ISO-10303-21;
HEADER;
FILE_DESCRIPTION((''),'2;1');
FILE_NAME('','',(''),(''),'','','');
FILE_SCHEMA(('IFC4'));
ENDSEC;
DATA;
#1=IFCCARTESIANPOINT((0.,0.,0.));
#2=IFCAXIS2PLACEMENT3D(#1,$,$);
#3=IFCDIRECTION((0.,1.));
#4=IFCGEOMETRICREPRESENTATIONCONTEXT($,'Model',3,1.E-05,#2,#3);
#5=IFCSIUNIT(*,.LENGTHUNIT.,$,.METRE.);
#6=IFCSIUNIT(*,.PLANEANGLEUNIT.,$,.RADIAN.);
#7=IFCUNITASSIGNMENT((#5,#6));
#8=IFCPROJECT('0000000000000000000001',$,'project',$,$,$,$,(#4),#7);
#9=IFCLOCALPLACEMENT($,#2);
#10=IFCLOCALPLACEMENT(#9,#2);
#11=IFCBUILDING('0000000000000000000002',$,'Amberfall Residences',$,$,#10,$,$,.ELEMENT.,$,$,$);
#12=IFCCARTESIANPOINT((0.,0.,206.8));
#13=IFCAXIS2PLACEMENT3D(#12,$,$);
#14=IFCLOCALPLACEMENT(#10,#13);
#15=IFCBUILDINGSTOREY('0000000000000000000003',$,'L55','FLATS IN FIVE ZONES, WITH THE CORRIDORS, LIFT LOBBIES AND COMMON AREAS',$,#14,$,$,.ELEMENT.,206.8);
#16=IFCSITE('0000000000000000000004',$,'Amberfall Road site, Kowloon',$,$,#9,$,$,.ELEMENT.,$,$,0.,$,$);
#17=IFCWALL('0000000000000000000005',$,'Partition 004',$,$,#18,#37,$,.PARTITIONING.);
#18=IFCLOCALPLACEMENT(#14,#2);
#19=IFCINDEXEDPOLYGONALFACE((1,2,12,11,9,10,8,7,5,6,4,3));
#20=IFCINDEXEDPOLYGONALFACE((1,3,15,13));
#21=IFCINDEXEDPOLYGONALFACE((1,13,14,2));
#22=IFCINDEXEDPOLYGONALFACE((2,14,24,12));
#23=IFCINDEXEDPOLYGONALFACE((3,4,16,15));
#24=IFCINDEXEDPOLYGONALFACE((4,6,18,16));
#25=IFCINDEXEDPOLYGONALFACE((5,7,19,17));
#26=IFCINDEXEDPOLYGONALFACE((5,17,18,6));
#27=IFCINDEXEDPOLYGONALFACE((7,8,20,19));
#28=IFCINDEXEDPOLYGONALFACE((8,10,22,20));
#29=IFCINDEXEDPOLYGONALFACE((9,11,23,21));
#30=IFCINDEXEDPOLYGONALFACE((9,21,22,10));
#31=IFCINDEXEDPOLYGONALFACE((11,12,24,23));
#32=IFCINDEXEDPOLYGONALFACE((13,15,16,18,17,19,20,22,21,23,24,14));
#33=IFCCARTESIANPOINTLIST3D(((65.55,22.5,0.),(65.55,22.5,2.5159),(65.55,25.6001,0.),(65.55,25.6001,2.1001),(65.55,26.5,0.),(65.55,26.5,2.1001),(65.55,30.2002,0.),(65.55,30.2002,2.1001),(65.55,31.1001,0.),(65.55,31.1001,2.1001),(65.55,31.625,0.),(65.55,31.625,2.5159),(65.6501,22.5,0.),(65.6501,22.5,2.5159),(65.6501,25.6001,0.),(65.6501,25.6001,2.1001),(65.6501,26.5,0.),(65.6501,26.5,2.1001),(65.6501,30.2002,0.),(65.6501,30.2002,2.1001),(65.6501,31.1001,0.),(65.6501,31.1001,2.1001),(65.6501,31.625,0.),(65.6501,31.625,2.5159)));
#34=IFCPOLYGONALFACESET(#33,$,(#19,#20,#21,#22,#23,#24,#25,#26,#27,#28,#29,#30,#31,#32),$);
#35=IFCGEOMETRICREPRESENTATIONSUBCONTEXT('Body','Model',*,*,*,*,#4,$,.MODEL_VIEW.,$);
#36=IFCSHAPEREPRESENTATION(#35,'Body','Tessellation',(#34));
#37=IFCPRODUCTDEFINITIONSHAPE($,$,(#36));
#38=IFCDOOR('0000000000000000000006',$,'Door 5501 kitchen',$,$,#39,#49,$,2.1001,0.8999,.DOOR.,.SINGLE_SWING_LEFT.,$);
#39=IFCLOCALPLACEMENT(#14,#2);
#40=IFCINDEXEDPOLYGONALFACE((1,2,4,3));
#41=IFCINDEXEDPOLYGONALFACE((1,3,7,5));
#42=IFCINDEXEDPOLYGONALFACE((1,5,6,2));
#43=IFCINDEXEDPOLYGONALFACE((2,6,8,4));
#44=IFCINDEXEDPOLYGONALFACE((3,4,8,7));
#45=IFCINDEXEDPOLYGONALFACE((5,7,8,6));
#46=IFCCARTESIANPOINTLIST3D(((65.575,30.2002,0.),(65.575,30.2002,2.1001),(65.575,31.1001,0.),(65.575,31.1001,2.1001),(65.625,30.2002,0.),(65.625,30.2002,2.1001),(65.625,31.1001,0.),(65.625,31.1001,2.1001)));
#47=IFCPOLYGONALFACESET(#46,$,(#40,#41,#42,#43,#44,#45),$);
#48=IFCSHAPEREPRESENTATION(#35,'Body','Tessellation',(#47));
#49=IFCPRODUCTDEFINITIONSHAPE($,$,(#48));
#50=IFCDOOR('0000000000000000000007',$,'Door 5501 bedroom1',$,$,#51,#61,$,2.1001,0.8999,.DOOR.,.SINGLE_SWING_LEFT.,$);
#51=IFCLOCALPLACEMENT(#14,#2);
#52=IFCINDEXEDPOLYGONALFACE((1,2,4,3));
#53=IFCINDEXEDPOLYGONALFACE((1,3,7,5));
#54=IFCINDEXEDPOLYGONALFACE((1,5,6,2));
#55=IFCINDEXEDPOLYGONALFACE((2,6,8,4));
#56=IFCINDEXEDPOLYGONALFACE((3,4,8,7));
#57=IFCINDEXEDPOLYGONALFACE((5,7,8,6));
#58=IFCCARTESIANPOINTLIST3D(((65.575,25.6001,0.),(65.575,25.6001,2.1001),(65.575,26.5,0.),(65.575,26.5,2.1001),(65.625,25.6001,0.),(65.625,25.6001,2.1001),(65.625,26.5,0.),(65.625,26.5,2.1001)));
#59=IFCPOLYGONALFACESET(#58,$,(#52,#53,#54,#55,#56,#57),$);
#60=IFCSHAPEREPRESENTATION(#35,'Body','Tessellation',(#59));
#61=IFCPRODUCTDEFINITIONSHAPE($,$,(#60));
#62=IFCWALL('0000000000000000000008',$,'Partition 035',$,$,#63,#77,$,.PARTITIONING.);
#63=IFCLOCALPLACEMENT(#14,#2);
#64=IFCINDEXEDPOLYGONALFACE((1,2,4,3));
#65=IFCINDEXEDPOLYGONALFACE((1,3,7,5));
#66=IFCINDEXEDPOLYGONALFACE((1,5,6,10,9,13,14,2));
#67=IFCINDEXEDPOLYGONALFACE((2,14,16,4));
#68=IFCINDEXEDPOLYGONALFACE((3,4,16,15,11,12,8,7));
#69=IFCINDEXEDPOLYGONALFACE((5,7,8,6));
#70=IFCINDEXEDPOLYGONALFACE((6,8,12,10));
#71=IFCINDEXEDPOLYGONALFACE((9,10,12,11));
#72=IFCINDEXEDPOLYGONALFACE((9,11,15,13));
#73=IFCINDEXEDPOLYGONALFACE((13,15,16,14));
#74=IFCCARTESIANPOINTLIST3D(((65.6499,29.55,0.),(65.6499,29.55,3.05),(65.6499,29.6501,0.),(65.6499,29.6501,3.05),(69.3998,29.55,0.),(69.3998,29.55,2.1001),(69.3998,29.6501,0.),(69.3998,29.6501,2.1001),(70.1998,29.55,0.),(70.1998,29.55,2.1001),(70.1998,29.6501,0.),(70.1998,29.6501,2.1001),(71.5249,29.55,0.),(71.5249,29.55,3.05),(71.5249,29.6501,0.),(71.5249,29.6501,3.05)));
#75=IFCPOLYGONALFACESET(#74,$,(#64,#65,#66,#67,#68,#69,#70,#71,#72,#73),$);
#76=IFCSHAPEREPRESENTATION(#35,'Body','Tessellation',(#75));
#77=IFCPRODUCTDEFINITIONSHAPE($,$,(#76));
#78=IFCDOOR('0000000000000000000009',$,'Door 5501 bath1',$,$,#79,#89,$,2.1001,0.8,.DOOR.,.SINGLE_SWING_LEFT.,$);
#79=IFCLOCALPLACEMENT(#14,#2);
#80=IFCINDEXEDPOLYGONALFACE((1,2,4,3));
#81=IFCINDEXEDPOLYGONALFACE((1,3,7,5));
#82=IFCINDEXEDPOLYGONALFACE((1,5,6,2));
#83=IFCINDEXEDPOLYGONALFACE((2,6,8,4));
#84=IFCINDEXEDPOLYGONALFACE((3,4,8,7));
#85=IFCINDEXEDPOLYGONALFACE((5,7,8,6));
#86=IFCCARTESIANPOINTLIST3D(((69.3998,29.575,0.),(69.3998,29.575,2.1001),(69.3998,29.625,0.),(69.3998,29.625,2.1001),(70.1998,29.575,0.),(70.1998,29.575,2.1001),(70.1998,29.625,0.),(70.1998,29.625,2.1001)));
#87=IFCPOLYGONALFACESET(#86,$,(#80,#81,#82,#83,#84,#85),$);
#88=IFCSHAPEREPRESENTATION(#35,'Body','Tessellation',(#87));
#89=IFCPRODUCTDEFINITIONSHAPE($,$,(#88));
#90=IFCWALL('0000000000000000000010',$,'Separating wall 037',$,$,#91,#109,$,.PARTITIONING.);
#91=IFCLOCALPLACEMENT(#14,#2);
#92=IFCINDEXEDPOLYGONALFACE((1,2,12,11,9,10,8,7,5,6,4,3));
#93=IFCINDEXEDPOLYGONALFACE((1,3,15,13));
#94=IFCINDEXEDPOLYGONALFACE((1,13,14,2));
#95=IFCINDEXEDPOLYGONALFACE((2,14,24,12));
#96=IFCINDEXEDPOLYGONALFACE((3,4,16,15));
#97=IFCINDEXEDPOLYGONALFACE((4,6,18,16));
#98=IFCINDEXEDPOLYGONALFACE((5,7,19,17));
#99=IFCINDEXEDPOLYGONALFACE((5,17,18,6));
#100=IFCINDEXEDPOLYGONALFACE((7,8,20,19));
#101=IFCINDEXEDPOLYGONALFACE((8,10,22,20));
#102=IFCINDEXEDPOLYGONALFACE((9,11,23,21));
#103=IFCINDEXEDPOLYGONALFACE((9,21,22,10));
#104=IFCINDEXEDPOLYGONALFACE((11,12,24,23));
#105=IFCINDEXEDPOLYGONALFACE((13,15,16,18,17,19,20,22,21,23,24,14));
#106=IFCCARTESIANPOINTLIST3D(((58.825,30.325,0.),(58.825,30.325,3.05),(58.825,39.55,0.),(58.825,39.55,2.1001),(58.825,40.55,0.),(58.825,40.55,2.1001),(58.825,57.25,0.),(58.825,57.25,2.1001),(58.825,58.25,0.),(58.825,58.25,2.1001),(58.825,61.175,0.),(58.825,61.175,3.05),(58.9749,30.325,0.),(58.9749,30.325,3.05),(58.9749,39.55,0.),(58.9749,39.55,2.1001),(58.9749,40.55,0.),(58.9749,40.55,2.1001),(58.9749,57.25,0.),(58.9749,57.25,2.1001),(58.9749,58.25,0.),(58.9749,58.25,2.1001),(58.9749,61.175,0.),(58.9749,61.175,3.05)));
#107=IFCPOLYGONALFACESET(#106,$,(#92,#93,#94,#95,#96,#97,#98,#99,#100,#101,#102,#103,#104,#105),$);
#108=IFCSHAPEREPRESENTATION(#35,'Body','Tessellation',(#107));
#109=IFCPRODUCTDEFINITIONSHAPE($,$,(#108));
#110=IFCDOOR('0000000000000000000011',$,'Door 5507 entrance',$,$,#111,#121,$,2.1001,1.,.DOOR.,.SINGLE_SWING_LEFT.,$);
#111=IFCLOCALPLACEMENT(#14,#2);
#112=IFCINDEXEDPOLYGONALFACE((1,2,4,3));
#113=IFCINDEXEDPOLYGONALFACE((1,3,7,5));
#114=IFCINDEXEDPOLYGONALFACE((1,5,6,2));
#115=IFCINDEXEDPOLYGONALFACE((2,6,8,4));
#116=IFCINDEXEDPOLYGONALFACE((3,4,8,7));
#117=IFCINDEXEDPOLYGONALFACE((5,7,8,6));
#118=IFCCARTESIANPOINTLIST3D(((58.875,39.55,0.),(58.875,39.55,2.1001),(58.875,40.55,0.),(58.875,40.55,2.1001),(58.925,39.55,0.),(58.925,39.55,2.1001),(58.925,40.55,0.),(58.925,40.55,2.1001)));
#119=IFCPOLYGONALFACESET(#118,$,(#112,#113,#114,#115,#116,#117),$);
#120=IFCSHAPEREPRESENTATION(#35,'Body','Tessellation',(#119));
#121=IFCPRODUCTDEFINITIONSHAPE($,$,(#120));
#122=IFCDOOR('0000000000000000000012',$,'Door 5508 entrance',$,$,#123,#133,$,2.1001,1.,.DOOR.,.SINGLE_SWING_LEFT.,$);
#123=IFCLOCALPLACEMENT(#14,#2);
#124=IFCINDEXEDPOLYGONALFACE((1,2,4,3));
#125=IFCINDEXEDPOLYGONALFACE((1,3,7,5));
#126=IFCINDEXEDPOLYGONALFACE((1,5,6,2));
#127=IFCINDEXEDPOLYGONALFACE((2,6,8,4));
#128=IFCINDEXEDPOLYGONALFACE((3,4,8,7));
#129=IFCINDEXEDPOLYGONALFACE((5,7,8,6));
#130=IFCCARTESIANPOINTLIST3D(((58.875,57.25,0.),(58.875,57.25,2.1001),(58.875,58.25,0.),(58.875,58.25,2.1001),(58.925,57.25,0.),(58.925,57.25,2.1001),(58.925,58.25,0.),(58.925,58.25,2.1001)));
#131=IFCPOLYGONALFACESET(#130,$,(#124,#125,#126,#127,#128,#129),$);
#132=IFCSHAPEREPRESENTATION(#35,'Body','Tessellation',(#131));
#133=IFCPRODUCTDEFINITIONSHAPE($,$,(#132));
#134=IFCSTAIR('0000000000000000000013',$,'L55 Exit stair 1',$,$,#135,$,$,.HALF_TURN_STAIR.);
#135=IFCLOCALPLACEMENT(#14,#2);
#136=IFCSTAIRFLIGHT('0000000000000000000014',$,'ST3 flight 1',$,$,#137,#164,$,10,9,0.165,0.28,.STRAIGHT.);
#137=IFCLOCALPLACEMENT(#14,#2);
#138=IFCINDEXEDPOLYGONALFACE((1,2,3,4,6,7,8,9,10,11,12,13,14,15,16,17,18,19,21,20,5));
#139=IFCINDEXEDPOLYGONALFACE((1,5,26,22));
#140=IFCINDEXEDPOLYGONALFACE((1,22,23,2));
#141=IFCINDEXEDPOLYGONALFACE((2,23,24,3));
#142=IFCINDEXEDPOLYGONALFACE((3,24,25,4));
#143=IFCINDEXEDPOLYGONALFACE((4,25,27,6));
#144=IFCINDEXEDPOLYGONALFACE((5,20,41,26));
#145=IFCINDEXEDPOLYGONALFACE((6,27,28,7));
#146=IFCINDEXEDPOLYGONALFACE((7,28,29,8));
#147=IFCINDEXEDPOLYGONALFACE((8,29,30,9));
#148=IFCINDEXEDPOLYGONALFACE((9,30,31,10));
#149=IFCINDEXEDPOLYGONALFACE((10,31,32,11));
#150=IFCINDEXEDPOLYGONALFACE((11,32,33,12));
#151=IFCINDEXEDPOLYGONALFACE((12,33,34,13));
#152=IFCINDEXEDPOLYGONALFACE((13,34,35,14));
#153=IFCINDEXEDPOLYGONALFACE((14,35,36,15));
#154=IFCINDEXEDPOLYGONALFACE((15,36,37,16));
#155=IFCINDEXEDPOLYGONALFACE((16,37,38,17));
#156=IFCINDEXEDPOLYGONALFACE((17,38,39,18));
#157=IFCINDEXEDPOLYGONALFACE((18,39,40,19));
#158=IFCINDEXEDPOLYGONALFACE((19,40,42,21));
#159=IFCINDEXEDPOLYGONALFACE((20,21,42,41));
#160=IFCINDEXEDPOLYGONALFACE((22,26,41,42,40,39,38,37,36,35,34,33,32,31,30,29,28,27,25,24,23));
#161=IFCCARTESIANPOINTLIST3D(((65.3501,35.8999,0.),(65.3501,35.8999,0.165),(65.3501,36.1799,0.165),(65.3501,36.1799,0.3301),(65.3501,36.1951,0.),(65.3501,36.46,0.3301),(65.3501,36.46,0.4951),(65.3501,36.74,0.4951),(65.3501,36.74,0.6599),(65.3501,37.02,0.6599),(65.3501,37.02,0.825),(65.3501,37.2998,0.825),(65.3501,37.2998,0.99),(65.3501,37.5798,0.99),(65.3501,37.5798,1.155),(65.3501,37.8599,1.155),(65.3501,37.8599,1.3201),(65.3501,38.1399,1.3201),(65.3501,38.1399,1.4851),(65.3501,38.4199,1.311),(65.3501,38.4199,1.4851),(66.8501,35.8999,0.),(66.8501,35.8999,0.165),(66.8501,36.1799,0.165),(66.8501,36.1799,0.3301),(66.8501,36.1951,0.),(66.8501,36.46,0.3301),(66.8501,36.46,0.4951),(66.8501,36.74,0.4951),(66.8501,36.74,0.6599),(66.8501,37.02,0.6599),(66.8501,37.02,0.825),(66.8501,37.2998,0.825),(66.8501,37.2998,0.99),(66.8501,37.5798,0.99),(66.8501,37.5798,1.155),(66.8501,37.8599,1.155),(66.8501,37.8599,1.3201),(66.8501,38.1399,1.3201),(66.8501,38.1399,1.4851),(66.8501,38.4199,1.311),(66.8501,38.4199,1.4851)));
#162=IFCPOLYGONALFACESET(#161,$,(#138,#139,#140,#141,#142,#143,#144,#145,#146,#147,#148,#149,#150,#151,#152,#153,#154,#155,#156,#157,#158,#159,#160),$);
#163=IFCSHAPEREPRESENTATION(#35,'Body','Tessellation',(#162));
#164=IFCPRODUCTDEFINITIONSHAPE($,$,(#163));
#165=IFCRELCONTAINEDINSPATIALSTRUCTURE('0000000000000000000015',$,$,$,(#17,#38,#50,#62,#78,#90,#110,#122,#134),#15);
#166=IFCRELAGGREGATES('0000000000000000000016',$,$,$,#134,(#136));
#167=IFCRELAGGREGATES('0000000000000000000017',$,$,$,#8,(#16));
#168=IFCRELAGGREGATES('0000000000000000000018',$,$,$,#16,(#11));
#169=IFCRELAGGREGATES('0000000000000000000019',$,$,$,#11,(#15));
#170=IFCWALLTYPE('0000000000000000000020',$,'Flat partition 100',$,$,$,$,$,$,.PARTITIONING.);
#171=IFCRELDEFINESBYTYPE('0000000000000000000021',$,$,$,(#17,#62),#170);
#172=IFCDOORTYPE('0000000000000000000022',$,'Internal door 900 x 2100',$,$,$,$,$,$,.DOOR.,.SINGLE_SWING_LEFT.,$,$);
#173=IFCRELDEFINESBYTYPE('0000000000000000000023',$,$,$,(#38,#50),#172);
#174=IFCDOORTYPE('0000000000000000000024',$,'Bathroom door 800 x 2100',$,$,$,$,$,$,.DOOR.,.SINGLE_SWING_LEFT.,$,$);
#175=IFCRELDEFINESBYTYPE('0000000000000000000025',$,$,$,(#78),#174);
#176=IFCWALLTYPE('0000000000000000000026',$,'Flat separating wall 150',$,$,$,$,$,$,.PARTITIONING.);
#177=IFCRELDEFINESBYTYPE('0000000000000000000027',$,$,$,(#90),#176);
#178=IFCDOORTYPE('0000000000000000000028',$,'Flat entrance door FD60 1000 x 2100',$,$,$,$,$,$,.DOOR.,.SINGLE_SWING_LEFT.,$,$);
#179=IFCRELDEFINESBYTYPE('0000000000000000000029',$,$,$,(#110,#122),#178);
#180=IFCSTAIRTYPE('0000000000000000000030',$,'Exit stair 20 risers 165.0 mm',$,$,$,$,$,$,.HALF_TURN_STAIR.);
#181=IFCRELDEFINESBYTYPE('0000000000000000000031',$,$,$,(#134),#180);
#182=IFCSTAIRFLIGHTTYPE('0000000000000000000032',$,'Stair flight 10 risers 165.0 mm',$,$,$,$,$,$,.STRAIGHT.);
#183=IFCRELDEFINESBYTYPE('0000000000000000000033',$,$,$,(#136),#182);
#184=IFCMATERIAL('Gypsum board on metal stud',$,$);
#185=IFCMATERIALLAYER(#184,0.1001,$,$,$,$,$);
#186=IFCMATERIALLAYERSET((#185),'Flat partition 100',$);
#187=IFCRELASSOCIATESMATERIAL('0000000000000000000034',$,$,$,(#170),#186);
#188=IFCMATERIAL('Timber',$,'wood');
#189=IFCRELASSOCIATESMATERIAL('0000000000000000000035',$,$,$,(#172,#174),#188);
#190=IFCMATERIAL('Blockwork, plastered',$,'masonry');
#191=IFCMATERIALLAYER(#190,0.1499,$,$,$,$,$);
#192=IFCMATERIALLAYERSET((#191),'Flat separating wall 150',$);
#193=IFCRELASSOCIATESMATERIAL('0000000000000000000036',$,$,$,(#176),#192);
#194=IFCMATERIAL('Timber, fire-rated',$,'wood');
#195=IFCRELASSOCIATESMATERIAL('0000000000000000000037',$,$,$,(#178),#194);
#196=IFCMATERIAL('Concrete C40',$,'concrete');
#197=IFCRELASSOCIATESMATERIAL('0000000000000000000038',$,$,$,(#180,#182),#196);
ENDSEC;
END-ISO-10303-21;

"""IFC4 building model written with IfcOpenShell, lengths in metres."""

from ifc_helpers import new_model, si_unit, direction, frame, frame_2d, origin, place, context, subcontext, project, spatial, polyline, rectangle, outline, extrude, material, layer, layer_set, type_object, element, fill, aggregate, save


model = new_model("IFC4")

# Units and contexts
model_context = context("Model", 3, precision=1e-05, world=origin(), true_north=direction((0.0, 1.0)))
body_context = subcontext(model_context, "Body", "Model", "MODEL_VIEW")
ifc_project = project(units=[si_unit("LENGTHUNIT", "METRE"), si_unit("PLANEANGLEUNIT", "RADIAN")], contexts=[model_context])

# Site, building, storey
site_placement = place(None, origin())
site = spatial("IfcSite", under=ifc_project, at=site_placement, Name="Amberfall Road site, Kowloon", CompositionType="ELEMENT", RefElevation=0.0)
building_placement = place(site_placement, origin())
building = spatial("IfcBuilding", under=site, at=building_placement, Name="Amberfall Residences", CompositionType="ELEMENT")
storey_placement = place(building_placement, frame((0.0, 0.0, 206.8)))
storey = spatial("IfcBuildingStorey", under=building, at=storey_placement, Name="L55", Description="FLATS IN FIVE ZONES, WITH THE CORRIDORS, LIFT LOBBIES AND COMMON AREAS", CompositionType="ELEMENT", Elevation=206.8)

# Wall, openings, doors
ifc_material_1 = material(Name="Gypsum board on metal stud")
ifc_layer_1 = layer(ifc_material_1, 0.1001)
ifc_layer_set_1 = layer_set([ifc_layer_1], Name="Flat partition 100")
wall_type_1 = type_object("IfcWallType", Name="Flat partition 100", PredefinedType="PARTITIONING", material=ifc_layer_set_1)
wall_1_placement = place(storey_placement, frame((65.6001, 31.625, 0.0), z_axis=(0.0, 0.0, 1.0), x_axis=(0.0, -1.0, 0.0)))
wall_1 = element("IfcWall", 1, at=wall_1_placement, inside=storey, type_object=wall_type_1, Name="Partition 004", PredefinedType="PARTITIONING", context=body_context, shape_type="SweptSolid", body=[
    extrude(rectangle(XDim=9.125, YDim=0.1001, at=frame_2d((4.5625, 0.0))), origin(), (0.0, 0.0, 1.0), 2.5159),
])
opening_1_placement = place(wall_1_placement, frame((0.5249, 0.0, 0.0)))
opening_1 = element("IfcOpeningElement", 2, at=opening_1_placement, cuts=wall_1, PredefinedType="OPENING", context=body_context, shape_type="SweptSolid", body=[
    extrude(rectangle(XDim=0.8999, YDim=2.1001, at=frame_2d((0.45, 1.05))), frame((0.0, 0.0601, 0.0), z_axis=(0.0, -1.0, 0.0), x_axis=(1.0, 0.0, 0.0)), (0.0, 0.0, 1.0), 0.1201),
])
opening_2_placement = place(wall_1_placement, frame((5.125, 0.0, 0.0)))
opening_2 = element("IfcOpeningElement", 3, at=opening_2_placement, cuts=wall_1, PredefinedType="OPENING", context=body_context, shape_type="SweptSolid", body=[
    extrude(rectangle(XDim=0.8999, YDim=2.1001, at=frame_2d((0.45, 1.05))), frame((0.0, 0.0601, 0.0), z_axis=(0.0, -1.0, 0.0), x_axis=(1.0, 0.0, 0.0)), (0.0, 0.0, 1.0), 0.1201),
])
ifc_material_2 = material(Name="Timber", Category="wood")
door_type_1 = type_object("IfcDoorType", Name="Internal door 900 x 2100", OperationType="SINGLE_SWING_LEFT", PredefinedType="DOOR", material=ifc_material_2)
door_1_placement = place(opening_1_placement, origin())
door_1 = element("IfcDoor", 4, at=door_1_placement, inside=storey, type_object=door_type_1, Name="Door 5501 kitchen", OperationType="SINGLE_SWING_LEFT", OverallHeight=2.1001, OverallWidth=0.8999, PredefinedType="DOOR", context=body_context, shape_type="SweptSolid", body=[
    extrude(rectangle(XDim=0.8999, YDim=2.1001, at=frame_2d((0.45, 1.05))), frame((0.0, 0.0249, 0.0), z_axis=(0.0, -1.0, 0.0), x_axis=(1.0, 0.0, 0.0)), (0.0, 0.0, 1.0), 0.05),
])
fill(opening_1, door_1)
door_2_placement = place(opening_2_placement, origin())
door_2 = element("IfcDoor", 5, at=door_2_placement, inside=storey, type_object=door_type_1, Name="Door 5501 bedroom1", OperationType="SINGLE_SWING_LEFT", OverallHeight=2.1001, OverallWidth=0.8999, PredefinedType="DOOR", context=body_context, shape_type="SweptSolid", body=[
    extrude(rectangle(XDim=0.8999, YDim=2.1001, at=frame_2d((0.45, 1.05))), frame((0.0, 0.0249, 0.0), z_axis=(0.0, -1.0, 0.0), x_axis=(1.0, 0.0, 0.0)), (0.0, 0.0, 1.0), 0.05),
])
fill(opening_2, door_2)

# Wall, opening, door
wall_2_placement = place(storey_placement, frame((65.6499, 29.6001, 0.0), z_axis=(0.0, 0.0, 1.0), x_axis=(1.0, 0.0, 0.0)))
wall_2 = element("IfcWall", 6, at=wall_2_placement, inside=storey, type_object=wall_type_1, Name="Partition 035", PredefinedType="PARTITIONING", context=body_context, shape_type="SweptSolid", body=[
    extrude(rectangle(XDim=5.875, YDim=0.1001, at=frame_2d((2.9375, 0.0))), origin(), (0.0, 0.0, 1.0), 3.05),
])
opening_3_placement = place(wall_2_placement, frame((3.75, 0.0, 0.0)))
opening_3 = element("IfcOpeningElement", 7, at=opening_3_placement, cuts=wall_2, PredefinedType="OPENING", context=body_context, shape_type="SweptSolid", body=[
    extrude(rectangle(XDim=0.8, YDim=2.1001, at=frame_2d((0.3999, 1.05))), frame((0.0, 0.0601, 0.0), z_axis=(0.0, -1.0, 0.0), x_axis=(1.0, 0.0, 0.0)), (0.0, 0.0, 1.0), 0.1201),
])
door_type_2 = type_object("IfcDoorType", Name="Bathroom door 800 x 2100", OperationType="SINGLE_SWING_LEFT", PredefinedType="DOOR", material=ifc_material_2)
door_3_placement = place(opening_3_placement, origin())
door_3 = element("IfcDoor", 8, at=door_3_placement, inside=storey, type_object=door_type_2, Name="Door 5501 bath1", OperationType="SINGLE_SWING_LEFT", OverallHeight=2.1001, OverallWidth=0.8, PredefinedType="DOOR", context=body_context, shape_type="SweptSolid", body=[
    extrude(rectangle(XDim=0.8, YDim=2.1001, at=frame_2d((0.3999, 1.05))), frame((0.0, 0.0249, 0.0), z_axis=(0.0, -1.0, 0.0), x_axis=(1.0, 0.0, 0.0)), (0.0, 0.0, 1.0), 0.05),
])
fill(opening_3, door_3)

# Wall, openings, doors
ifc_material_3 = material(Name="Blockwork, plastered", Category="masonry")
ifc_layer_2 = layer(ifc_material_3, 0.1499)
ifc_layer_set_2 = layer_set([ifc_layer_2], Name="Flat separating wall 150")
wall_type_2 = type_object("IfcWallType", Name="Flat separating wall 150", PredefinedType="PARTITIONING", material=ifc_layer_set_2)
wall_3_placement = place(storey_placement, frame((58.8999, 30.325, 0.0), z_axis=(0.0, 0.0, 1.0), x_axis=(0.0, 1.0, 0.0)))
wall_3 = element("IfcWall", 9, at=wall_3_placement, inside=storey, type_object=wall_type_2, Name="Separating wall 037", PredefinedType="PARTITIONING", context=body_context, shape_type="SweptSolid", body=[
    extrude(rectangle(XDim=30.8501, YDim=0.1499, at=frame_2d((15.425, 0.0))), origin(), (0.0, 0.0, 1.0), 3.05),
])
opening_4_placement = place(wall_3_placement, frame((9.2251, 0.0, 0.0)))
opening_4 = element("IfcOpeningElement", 10, at=opening_4_placement, cuts=wall_3, PredefinedType="OPENING", context=body_context, shape_type="SweptSolid", body=[
    extrude(rectangle(XDim=1.0, YDim=2.1001, at=frame_2d((0.5, 1.05))), frame((0.0, 0.085, 0.0), z_axis=(0.0, -1.0, 0.0), x_axis=(1.0, 0.0, 0.0)), (0.0, 0.0, 1.0), 0.1699),
])
opening_5_placement = place(wall_3_placement, frame((26.925, 0.0, 0.0)))
opening_5 = element("IfcOpeningElement", 11, at=opening_5_placement, cuts=wall_3, PredefinedType="OPENING", context=body_context, shape_type="SweptSolid", body=[
    extrude(rectangle(XDim=1.0, YDim=2.1001, at=frame_2d((0.5, 1.05))), frame((0.0, 0.085, 0.0), z_axis=(0.0, -1.0, 0.0), x_axis=(1.0, 0.0, 0.0)), (0.0, 0.0, 1.0), 0.1699),
])
ifc_material_4 = material(Name="Timber, fire-rated", Category="wood")
door_type_3 = type_object("IfcDoorType", Name="Flat entrance door FD60 1000 x 2100", OperationType="SINGLE_SWING_LEFT", PredefinedType="DOOR", material=ifc_material_4)
door_4_placement = place(opening_4_placement, origin())
door_4 = element("IfcDoor", 12, at=door_4_placement, inside=storey, type_object=door_type_3, Name="Door 5507 entrance", OperationType="SINGLE_SWING_LEFT", OverallHeight=2.1001, OverallWidth=1.0, PredefinedType="DOOR", context=body_context, shape_type="SweptSolid", body=[
    extrude(rectangle(XDim=1.0, YDim=2.1001, at=frame_2d((0.5, 1.05))), frame((0.0, 0.0249, 0.0), z_axis=(0.0, -1.0, 0.0), x_axis=(1.0, 0.0, 0.0)), (0.0, 0.0, 1.0), 0.05),
])
fill(opening_4, door_4)
door_5_placement = place(opening_5_placement, origin())
door_5 = element("IfcDoor", 13, at=door_5_placement, inside=storey, type_object=door_type_3, Name="Door 5508 entrance", OperationType="SINGLE_SWING_LEFT", OverallHeight=2.1001, OverallWidth=1.0, PredefinedType="DOOR", context=body_context, shape_type="SweptSolid", body=[
    extrude(rectangle(XDim=1.0, YDim=2.1001, at=frame_2d((0.5, 1.05))), frame((0.0, 0.0249, 0.0), z_axis=(0.0, -1.0, 0.0), x_axis=(1.0, 0.0, 0.0)), (0.0, 0.0, 1.0), 0.05),
])
fill(opening_5, door_5)

# Stair, stair flight
ifc_material_5 = material(Name="Concrete C40", Category="concrete")
stair_type = type_object("IfcStairType", Name="Exit stair 20 risers 165.0 mm", PredefinedType="HALF_TURN_STAIR", material=ifc_material_5)
stair_placement = place(storey_placement, origin())
stair = element("IfcStair", 14, at=stair_placement, inside=storey, type_object=stair_type, Name="L55 Exit stair 1", PredefinedType="HALF_TURN_STAIR")
stair_flight_type = type_object("IfcStairFlightType", Name="Stair flight 10 risers 165.0 mm", PredefinedType="STRAIGHT", material=ifc_material_5)
stair_flight_1_placement = place(storey_placement, frame((66.1001, 35.8999, 0.0), z_axis=(0.0, 0.0, 1.0), x_axis=(0.0, 1.0, 0.0)))
stair_flight_1 = element("IfcStairFlight", 15, at=stair_flight_1_placement, type_object=stair_flight_type, Name="ST3 flight 1", NumberOfRisers=10, NumberOfTreads=9, PredefinedType="STRAIGHT", RiserHeight=0.165, TreadLength=0.28, context=body_context, shape_type="SweptSolid", body=[
    extrude(outline(polyline([(0.0, 0.0), (0.0, 0.165), (0.28, 0.165), (0.28, 0.3301), (0.5601, 0.3301), (0.5601, 0.4951), (0.8401, 0.4951), (0.8401, 0.6599), (1.1201, 0.6599), (1.1201, 0.825), (1.3999, 0.825), (1.3999, 0.99), (1.6799, 0.99), (1.6799, 1.155), (1.96, 1.155), (1.96, 1.3201), (2.24, 1.3201), (2.24, 1.4851), (2.52, 1.4851), (2.52, 1.6499), (2.52, 1.311), (0.2952, 0.0), (0.0, 0.0)])), frame((0.0, 0.75, 0.0), z_axis=(0.0, -1.0, 0.0), x_axis=(1.0, 0.0, 0.0)), (0.0, 0.0, 1.0), 1.5),
])
aggregate(stair, [stair_flight_1])

save(model, "model.ifc")
